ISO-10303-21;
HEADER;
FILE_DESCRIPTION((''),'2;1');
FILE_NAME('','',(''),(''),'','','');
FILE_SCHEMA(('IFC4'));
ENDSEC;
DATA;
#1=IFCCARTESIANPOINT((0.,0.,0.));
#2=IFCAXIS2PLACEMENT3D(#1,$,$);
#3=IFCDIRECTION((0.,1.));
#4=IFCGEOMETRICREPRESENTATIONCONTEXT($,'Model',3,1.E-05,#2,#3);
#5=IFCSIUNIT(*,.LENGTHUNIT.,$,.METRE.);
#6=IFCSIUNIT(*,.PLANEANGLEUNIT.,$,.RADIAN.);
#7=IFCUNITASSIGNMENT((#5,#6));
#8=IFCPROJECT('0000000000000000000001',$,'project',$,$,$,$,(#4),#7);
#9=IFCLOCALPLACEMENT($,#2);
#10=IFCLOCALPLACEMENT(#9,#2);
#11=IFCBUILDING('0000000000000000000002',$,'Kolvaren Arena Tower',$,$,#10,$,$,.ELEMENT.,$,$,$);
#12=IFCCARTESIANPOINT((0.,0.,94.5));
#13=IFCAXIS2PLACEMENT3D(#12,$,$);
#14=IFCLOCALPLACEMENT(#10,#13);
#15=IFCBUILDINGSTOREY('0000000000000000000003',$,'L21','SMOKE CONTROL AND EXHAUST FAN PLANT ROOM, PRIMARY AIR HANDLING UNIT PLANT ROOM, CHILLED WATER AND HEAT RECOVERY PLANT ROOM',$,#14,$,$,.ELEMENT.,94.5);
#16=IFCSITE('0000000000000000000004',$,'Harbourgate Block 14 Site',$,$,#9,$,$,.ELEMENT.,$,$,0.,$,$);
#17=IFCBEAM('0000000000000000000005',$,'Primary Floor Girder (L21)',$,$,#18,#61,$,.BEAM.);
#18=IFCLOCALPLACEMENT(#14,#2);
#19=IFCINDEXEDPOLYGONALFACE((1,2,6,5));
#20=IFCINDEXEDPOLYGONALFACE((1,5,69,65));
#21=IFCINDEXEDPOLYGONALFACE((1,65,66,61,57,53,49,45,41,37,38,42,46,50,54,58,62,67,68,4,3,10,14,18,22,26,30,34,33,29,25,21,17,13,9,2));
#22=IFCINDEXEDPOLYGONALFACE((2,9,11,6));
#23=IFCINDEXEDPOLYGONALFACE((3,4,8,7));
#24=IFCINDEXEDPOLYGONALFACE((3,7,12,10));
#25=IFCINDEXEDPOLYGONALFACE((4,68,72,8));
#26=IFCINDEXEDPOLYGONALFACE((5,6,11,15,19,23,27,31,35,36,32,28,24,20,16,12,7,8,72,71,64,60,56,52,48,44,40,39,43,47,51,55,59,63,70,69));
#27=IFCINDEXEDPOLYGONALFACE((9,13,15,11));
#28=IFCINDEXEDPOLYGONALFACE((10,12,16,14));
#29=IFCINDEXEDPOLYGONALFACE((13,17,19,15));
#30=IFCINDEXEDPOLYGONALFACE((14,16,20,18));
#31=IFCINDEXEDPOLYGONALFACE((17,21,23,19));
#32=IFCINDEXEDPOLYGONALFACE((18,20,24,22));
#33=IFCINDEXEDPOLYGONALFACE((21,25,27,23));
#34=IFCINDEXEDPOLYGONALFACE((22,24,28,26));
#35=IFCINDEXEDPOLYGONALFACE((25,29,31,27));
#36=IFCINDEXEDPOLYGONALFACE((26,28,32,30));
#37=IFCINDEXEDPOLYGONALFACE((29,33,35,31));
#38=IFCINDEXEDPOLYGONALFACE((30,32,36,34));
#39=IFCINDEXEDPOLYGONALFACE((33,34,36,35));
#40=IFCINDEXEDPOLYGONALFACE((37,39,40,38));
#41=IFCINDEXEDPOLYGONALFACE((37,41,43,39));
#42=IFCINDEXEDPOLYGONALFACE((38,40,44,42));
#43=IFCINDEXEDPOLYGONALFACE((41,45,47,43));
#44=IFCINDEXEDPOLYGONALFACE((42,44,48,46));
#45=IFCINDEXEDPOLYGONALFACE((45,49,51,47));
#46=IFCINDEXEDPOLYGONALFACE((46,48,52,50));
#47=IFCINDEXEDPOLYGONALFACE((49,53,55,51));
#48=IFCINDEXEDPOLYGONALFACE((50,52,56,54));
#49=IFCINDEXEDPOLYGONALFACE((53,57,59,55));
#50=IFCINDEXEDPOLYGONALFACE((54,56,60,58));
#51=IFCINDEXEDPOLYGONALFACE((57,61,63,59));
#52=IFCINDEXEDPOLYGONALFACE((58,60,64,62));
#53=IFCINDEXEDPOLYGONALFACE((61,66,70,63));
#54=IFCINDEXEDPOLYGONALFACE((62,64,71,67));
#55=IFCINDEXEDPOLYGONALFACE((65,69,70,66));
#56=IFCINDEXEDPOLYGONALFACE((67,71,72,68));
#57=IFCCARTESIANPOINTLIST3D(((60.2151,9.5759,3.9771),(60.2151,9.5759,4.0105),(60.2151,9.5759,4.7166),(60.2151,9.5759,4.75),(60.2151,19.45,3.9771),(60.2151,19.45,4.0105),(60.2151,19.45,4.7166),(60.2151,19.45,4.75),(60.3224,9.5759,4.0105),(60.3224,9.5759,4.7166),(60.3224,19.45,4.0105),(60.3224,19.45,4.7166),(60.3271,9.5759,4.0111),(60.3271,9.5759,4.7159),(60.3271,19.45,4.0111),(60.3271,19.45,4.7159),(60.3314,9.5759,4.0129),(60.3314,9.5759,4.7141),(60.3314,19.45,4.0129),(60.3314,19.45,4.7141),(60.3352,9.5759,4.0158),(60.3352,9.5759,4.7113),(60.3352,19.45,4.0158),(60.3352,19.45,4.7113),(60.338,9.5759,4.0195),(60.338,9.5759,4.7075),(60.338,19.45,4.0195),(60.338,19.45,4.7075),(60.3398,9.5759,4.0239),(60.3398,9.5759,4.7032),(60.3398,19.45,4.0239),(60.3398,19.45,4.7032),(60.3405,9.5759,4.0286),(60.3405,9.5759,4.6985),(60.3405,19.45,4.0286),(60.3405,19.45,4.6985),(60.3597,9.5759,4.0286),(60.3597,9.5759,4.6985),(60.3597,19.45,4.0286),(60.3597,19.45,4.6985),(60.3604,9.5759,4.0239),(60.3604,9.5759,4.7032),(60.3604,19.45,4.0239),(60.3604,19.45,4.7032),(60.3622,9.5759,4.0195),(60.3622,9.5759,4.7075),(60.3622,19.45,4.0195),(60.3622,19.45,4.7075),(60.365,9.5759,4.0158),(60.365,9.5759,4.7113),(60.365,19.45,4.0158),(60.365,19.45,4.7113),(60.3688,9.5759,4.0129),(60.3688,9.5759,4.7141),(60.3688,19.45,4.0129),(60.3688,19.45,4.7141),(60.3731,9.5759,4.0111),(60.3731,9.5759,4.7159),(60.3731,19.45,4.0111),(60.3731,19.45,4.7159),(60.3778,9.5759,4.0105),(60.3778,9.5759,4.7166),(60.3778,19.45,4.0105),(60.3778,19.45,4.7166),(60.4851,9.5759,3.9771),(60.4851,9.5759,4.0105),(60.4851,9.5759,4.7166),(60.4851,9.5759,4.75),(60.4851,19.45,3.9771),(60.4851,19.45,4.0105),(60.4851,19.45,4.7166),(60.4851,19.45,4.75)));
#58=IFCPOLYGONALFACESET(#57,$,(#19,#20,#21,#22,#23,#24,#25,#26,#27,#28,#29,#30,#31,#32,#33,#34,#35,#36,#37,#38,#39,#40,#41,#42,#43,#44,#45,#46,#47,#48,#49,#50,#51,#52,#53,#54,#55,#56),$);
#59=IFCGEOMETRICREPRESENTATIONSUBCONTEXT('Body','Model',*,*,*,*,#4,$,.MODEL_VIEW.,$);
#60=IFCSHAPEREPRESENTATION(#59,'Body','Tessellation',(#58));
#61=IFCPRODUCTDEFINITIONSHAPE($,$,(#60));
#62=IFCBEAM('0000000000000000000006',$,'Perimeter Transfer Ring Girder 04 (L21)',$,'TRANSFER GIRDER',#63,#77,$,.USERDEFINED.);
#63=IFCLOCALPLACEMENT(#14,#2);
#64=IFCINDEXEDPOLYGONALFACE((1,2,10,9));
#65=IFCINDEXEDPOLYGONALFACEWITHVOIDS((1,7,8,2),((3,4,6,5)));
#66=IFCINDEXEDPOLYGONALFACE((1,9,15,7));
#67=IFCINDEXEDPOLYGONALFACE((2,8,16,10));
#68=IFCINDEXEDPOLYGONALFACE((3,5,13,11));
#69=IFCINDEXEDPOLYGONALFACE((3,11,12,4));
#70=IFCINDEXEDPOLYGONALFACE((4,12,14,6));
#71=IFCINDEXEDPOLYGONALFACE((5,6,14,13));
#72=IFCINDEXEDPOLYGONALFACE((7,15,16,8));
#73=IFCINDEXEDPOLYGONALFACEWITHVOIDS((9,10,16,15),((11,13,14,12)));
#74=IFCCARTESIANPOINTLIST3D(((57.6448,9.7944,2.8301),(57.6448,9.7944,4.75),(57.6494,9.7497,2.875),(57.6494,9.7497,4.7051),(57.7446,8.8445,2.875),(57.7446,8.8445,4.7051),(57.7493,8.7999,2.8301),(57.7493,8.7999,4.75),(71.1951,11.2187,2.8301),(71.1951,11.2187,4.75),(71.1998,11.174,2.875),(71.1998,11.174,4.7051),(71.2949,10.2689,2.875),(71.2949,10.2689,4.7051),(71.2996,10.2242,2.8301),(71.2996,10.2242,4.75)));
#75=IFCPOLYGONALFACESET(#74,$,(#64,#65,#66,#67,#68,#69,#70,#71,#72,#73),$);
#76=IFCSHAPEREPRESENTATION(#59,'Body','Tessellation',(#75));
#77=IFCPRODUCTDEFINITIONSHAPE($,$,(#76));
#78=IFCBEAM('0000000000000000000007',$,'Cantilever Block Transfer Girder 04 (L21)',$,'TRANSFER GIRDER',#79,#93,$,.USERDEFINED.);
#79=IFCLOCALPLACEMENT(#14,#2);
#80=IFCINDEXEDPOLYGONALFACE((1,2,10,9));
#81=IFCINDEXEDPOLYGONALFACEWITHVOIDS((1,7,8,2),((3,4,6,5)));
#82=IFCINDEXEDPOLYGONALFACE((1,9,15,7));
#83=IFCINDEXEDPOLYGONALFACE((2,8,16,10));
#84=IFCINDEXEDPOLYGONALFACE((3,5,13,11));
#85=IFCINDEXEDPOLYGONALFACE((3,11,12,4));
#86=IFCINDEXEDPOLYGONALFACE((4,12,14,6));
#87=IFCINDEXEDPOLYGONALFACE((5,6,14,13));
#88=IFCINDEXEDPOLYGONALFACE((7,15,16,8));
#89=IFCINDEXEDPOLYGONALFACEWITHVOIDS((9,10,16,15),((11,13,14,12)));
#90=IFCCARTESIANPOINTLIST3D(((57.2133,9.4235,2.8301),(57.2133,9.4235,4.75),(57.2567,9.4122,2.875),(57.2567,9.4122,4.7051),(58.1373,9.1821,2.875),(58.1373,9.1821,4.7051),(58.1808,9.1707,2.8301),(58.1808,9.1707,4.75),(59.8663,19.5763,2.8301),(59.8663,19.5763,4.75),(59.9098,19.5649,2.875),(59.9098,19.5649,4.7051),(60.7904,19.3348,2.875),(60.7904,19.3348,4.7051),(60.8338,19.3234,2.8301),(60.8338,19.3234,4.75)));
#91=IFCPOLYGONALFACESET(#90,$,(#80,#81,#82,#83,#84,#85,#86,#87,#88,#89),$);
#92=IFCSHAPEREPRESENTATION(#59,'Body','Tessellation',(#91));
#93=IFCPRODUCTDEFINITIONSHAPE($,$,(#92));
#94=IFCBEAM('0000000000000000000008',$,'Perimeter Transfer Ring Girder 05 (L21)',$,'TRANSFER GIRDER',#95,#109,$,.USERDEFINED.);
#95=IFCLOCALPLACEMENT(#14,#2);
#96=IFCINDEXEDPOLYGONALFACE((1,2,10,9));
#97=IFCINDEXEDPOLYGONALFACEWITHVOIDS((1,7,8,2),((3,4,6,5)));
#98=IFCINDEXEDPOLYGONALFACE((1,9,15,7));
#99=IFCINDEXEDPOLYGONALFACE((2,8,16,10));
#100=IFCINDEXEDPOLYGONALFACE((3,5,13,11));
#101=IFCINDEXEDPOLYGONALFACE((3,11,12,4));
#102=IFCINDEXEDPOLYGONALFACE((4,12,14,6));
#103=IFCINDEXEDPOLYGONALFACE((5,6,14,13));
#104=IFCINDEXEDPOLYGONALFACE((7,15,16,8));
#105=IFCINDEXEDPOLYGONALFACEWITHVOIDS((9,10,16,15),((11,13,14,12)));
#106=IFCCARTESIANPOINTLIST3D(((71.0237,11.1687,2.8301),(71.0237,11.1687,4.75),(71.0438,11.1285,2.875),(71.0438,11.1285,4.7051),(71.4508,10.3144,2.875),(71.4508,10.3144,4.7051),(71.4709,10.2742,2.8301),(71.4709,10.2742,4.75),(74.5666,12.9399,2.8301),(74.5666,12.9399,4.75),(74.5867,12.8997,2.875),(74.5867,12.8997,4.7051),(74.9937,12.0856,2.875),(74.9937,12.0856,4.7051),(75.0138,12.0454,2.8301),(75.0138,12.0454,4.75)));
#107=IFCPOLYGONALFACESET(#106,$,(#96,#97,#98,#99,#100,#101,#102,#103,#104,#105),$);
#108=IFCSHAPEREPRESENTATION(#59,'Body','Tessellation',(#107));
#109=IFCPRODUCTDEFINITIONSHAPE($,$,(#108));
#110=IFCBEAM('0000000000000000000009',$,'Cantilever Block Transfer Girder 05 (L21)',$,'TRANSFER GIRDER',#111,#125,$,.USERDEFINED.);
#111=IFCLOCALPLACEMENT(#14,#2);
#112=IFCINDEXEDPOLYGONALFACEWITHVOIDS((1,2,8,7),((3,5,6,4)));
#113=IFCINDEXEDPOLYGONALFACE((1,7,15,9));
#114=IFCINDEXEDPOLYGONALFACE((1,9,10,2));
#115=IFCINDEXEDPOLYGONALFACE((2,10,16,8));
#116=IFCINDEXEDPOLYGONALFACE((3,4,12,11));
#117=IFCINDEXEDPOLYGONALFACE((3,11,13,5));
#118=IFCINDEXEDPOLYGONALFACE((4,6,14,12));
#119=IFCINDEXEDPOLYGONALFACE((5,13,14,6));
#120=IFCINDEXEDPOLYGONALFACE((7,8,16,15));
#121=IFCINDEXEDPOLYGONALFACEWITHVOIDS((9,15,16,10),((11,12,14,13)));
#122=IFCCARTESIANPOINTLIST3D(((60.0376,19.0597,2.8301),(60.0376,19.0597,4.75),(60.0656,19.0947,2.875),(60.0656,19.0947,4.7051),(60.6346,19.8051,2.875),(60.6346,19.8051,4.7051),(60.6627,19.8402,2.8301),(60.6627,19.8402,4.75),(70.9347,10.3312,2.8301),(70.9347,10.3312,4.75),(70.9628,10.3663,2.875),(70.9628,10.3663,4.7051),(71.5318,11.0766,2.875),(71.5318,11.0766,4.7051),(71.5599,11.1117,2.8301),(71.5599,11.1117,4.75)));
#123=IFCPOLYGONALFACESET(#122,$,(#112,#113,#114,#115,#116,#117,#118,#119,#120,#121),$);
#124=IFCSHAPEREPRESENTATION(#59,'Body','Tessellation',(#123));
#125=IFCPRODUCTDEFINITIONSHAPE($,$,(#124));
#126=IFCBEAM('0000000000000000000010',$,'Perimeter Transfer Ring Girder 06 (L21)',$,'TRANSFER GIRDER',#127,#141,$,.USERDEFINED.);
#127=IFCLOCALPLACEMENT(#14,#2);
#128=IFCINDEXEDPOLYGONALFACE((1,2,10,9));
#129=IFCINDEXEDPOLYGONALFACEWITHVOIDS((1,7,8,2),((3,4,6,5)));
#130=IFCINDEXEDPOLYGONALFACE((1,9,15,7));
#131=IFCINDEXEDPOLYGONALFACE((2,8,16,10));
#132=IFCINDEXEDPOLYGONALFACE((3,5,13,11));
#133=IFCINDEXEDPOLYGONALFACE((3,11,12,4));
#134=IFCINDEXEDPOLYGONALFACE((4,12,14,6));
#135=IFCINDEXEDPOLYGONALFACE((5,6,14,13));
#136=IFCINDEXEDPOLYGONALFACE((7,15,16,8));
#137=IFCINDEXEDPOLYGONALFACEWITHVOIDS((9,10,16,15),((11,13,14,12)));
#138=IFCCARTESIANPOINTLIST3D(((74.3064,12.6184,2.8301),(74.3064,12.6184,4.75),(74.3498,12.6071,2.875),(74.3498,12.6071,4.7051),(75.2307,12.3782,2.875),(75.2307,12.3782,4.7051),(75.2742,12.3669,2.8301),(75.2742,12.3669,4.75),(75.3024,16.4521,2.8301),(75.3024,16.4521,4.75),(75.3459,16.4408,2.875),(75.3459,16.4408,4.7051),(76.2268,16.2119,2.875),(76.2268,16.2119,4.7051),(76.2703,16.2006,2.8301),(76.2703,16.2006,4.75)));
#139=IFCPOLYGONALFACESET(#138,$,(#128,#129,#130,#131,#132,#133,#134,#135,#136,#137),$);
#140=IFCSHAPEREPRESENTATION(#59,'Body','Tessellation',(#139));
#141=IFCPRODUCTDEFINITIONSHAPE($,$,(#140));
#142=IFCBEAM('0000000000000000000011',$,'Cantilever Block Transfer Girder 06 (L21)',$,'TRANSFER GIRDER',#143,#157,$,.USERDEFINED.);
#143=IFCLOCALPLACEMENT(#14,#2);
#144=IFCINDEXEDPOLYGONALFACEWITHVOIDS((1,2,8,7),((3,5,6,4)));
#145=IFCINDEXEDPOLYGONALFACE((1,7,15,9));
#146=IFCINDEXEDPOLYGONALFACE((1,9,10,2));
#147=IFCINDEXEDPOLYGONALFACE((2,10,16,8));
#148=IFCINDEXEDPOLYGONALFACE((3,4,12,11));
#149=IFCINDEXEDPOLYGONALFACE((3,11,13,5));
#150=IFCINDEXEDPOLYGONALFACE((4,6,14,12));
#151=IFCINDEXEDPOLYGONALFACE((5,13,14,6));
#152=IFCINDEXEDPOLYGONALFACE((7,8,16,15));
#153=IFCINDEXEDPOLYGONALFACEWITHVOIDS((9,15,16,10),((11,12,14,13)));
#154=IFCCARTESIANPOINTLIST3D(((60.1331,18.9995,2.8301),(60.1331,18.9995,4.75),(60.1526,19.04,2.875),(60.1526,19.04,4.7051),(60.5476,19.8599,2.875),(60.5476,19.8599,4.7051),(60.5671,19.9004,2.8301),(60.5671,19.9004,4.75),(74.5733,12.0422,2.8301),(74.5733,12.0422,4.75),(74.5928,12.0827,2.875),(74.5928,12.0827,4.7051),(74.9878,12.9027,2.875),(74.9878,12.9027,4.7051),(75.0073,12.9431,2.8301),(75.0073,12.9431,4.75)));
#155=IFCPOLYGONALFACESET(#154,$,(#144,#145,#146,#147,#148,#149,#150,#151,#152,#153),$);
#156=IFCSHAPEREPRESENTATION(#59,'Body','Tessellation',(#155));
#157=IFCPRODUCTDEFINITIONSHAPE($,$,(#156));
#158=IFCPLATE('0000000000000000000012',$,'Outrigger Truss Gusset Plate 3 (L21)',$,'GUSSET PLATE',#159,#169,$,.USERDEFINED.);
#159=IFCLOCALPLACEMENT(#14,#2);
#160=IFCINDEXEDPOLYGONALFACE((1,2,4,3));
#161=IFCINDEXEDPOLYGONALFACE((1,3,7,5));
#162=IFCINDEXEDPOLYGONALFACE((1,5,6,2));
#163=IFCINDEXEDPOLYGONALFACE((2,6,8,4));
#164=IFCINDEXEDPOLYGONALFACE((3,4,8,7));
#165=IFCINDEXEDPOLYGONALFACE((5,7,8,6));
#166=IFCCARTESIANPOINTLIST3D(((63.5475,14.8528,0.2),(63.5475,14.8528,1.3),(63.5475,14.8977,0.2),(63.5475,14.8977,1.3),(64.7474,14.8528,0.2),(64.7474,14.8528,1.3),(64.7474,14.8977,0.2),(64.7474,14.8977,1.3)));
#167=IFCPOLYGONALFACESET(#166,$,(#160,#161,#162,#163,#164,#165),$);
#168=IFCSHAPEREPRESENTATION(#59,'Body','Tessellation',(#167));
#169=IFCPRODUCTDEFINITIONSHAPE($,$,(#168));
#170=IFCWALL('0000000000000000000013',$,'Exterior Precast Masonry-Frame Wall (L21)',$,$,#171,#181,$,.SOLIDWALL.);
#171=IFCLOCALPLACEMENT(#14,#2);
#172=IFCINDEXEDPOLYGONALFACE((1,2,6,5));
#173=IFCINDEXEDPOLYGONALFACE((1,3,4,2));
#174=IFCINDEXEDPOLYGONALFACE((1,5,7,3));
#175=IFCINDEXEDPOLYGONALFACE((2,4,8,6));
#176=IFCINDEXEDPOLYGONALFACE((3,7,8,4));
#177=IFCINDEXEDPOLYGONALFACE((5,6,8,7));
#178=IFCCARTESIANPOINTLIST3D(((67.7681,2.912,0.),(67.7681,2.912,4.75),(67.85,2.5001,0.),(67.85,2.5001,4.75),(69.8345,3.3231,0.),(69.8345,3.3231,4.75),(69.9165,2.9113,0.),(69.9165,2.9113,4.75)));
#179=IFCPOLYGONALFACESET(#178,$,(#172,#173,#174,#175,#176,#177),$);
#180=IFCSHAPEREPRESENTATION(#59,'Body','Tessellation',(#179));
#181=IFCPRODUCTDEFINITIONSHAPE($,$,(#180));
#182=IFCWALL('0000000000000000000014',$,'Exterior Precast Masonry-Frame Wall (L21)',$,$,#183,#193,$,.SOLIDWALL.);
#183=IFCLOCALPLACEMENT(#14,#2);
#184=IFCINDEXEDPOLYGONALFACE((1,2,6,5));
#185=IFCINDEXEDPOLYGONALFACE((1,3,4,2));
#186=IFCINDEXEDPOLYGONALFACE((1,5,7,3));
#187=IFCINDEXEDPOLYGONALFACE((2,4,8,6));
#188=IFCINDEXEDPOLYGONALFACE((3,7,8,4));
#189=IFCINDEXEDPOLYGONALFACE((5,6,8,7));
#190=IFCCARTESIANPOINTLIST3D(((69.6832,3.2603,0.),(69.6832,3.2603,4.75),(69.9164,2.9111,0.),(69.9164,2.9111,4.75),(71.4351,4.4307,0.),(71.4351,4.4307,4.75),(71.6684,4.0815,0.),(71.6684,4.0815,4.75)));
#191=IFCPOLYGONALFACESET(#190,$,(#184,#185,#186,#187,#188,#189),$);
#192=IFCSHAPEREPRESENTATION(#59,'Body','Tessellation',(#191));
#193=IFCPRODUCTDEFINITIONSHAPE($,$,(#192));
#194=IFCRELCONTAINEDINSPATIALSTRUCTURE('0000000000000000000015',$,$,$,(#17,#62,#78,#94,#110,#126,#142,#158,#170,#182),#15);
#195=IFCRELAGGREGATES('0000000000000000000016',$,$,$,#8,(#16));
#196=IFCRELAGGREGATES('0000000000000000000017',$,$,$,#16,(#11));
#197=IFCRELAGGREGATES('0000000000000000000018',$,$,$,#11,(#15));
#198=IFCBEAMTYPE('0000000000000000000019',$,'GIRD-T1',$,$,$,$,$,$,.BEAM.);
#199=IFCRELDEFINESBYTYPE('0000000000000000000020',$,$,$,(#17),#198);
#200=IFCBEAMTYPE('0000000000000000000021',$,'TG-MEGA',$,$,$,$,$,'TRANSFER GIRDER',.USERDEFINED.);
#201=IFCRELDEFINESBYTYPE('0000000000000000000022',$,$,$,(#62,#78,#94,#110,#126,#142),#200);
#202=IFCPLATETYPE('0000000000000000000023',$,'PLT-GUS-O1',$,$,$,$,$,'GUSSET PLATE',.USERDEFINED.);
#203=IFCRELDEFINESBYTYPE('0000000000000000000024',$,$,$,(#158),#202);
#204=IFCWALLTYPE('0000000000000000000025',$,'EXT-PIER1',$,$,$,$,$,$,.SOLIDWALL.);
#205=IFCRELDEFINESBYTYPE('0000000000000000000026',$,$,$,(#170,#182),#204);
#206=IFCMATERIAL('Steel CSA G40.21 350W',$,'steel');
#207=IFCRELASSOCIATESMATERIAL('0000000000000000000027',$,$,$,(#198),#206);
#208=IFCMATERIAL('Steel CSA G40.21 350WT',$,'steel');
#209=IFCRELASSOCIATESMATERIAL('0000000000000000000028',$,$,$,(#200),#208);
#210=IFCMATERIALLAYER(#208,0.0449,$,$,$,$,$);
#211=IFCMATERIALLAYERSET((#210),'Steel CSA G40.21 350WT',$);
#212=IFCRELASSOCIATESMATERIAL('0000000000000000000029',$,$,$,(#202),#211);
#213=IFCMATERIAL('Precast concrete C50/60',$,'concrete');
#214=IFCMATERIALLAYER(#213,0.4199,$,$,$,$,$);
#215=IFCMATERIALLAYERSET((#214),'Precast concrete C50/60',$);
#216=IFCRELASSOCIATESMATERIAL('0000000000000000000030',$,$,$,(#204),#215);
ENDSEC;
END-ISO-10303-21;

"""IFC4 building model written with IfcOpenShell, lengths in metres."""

from ifc_helpers import new_model, si_unit, direction, frame, frame_2d, origin, origin_2d, place, context, subcontext, project, spatial, rectangle, hollow_rectangle, i_section, extrude, material, layer, layer_set, material_profile, profile_set, type_object, element, save


model = new_model("IFC4")

# Units and contexts
model_context = context("Model", 3, precision=1e-05, world=origin(), true_north=direction((0.0, 1.0)))
body_context = subcontext(model_context, "Body", "Model", "MODEL_VIEW")
ifc_project = project(units=[si_unit("LENGTHUNIT", "METRE"), si_unit("PLANEANGLEUNIT", "RADIAN")], contexts=[model_context])

# Site, building, storey
site_placement = place(None, origin())
site = spatial("IfcSite", under=ifc_project, at=site_placement, Name="Harbourgate Block 14 Site", CompositionType="ELEMENT", RefElevation=0.0)
building_placement = place(site_placement, origin())
building = spatial("IfcBuilding", under=site, at=building_placement, Name="Kolvaren Arena Tower", CompositionType="ELEMENT")
storey_placement = place(building_placement, frame((0.0, 0.0, 94.5)))
storey = spatial("IfcBuildingStorey", under=building, at=storey_placement, Name="L21", Description="SMOKE CONTROL AND EXHAUST FAN PLANT ROOM, PRIMARY AIR HANDLING UNIT PLANT ROOM, CHILLED WATER AND HEAT RECOVERY PLANT ROOM", CompositionType="ELEMENT", Elevation=94.5)

# Shared definitions
ifc_material_1 = material(Name="Steel CSA G40.21 350W", Category="steel")

# Shared definitions
ifc_material_2 = material(Name="Steel CSA G40.21 350WT", Category="steel")

# Beams
ifc_material_profile_1 = material_profile(ifc_material_1, i_section(OverallWidth=0.27, OverallDepth=0.7729, WebThickness=0.0193, FlangeThickness=0.0334, FilletRadius=0.0181, at=origin_2d()), Name="W760x257")
ifc_profile_set_1 = profile_set([ifc_material_profile_1], Name="Steel CSA G40.21 350W")
beam_type_1 = type_object("IfcBeamType", Name="GIRD-T1", PredefinedType="BEAM", material=ifc_profile_set_1)
beam_1_placement = place(storey_placement, frame((60.3501, 9.5759, 4.3635), z_axis=(0.0, 1.0, 0.0), x_axis=(-1.0, 0.0, 0.0)))
element("IfcBeam", 1, at=beam_1_placement, inside=storey, type_object=beam_type_1, Name="Primary Floor Girder (L21)", PredefinedType="BEAM", context=body_context, shape_type="SweptSolid", body=[
    extrude(i_section(OverallWidth=0.27, OverallDepth=0.7729, WebThickness=0.0193, FlangeThickness=0.0334, FilletRadius=0.0181, at=origin_2d()), origin(), (0.0, 0.0, 1.0), 9.874),
])
ifc_material_profile_2 = material_profile(ifc_material_2, hollow_rectangle(XDim=1.0, YDim=1.9199, WallThickness=0.0449, at=origin_2d()), Name="BOX 1000x1920x45")
ifc_profile_set_2 = profile_set([ifc_material_profile_2], Name="Steel CSA G40.21 350WT")
beam_type_2 = type_object("IfcBeamType", Name="TG-MEGA", ElementType="TRANSFER GIRDER", PredefinedType="USERDEFINED", material=ifc_profile_set_2)
beam_2_placement = place(storey_placement, frame((57.697, 9.2971, 3.79), z_axis=(0.994521, 0.104537, 0.0), x_axis=(-0.104537, 0.994521, 0.0)))
element("IfcBeam", 2, at=beam_2_placement, inside=storey, type_object=beam_type_2, Name="Perimeter Transfer Ring Girder 04 (L21)", ObjectType="TRANSFER GIRDER", PredefinedType="USERDEFINED", context=body_context, shape_type="SweptSolid", body=[
    extrude(hollow_rectangle(XDim=1.0, YDim=1.9199, WallThickness=0.0449, at=origin_2d()), origin(), (0.0, 0.0, 1.0), 13.625),
])
beam_3_placement = place(storey_placement, frame((57.697, 9.2971, 3.79), z_axis=(0.252824, 0.967512, 0.0), x_axis=(-0.967512, 0.252824, 0.0)))
element("IfcBeam", 3, at=beam_3_placement, inside=storey, type_object=beam_type_2, Name="Cantilever Block Transfer Girder 04 (L21)", ObjectType="TRANSFER GIRDER", PredefinedType="USERDEFINED", context=body_context, shape_type="SweptSolid", body=[
    extrude(hollow_rectangle(XDim=1.0, YDim=1.9199, WallThickness=0.0449, at=origin_2d()), origin(), (0.0, 0.0, 1.0), 10.4937),
])
beam_4_placement = place(storey_placement, frame((71.2473, 10.7214, 3.79), z_axis=(0.894452, 0.447164, 0.0), x_axis=(-0.447164, 0.894452, 0.0)))
element("IfcBeam", 4, at=beam_4_placement, inside=storey, type_object=beam_type_2, Name="Perimeter Transfer Ring Girder 05 (L21)", ObjectType="TRANSFER GIRDER", PredefinedType="USERDEFINED", context=body_context, shape_type="SweptSolid", body=[
    extrude(hollow_rectangle(XDim=1.0, YDim=1.9199, WallThickness=0.0449, at=origin_2d()), origin(), (0.0, 0.0, 1.0), 3.9609),
])
beam_5_placement = place(storey_placement, frame((71.2473, 10.7214, 3.79), z_axis=(-0.780493, 0.625164, 0.0), x_axis=(-0.625164, -0.780493, 0.0)))
element("IfcBeam", 5, at=beam_5_placement, inside=storey, type_object=beam_type_2, Name="Cantilever Block Transfer Girder 05 (L21)", ObjectType="TRANSFER GIRDER", PredefinedType="USERDEFINED", context=body_context, shape_type="SweptSolid", body=[
    extrude(hollow_rectangle(XDim=1.0, YDim=1.9199, WallThickness=0.0449, at=origin_2d()), origin(), (0.0, 0.0, 1.0), 13.9619),
])
beam_6_placement = place(storey_placement, frame((74.7903, 12.4927, 3.79), z_axis=(0.251473, 0.967864, 0.0), x_axis=(-0.967864, 0.251473, 0.0)))
element("IfcBeam", 6, at=beam_6_placement, inside=storey, type_object=beam_type_2, Name="Perimeter Transfer Ring Girder 06 (L21)", ObjectType="TRANSFER GIRDER", PredefinedType="USERDEFINED", context=body_context, shape_type="SweptSolid", body=[
    extrude(hollow_rectangle(XDim=1.0, YDim=1.9199, WallThickness=0.0449, at=origin_2d()), origin(), (0.0, 0.0, 1.0), 3.9609),
])
beam_7_placement = place(storey_placement, frame((74.7903, 12.4927, 3.79), z_axis=(-0.90089, 0.434048, 0.0), x_axis=(-0.434048, -0.90089, 0.0)))
element("IfcBeam", 7, at=beam_7_placement, inside=storey, type_object=beam_type_2, Name="Cantilever Block Transfer Girder 06 (L21)", ObjectType="TRANSFER GIRDER", PredefinedType="USERDEFINED", context=body_context, shape_type="SweptSolid", body=[
    extrude(hollow_rectangle(XDim=1.0, YDim=1.9199, WallThickness=0.0449, at=origin_2d()), origin(), (0.0, 0.0, 1.0), 16.0288),
])

# Plate
ifc_layer_1 = layer(ifc_material_2, 0.0449)
ifc_layer_set_1 = layer_set([ifc_layer_1], Name="Steel CSA G40.21 350WT")
plate_type = type_object("IfcPlateType", Name="PLT-GUS-O1", ElementType="GUSSET PLATE", PredefinedType="USERDEFINED", material=ifc_layer_set_1)
plate_placement = place(storey_placement, frame((64.1475, 14.8752, 0.2), z_axis=(0.0, 0.0, 1.0), x_axis=(1.0, 0.0, 0.0)))
element("IfcPlate", 8, at=plate_placement, inside=storey, type_object=plate_type, Name="Outrigger Truss Gusset Plate 3 (L21)", ObjectType="GUSSET PLATE", PredefinedType="USERDEFINED", context=body_context, shape_type="SweptSolid", body=[
    extrude(rectangle(XDim=1.2, YDim=0.0449, at=origin_2d()), origin(), (0.0, 0.0, 1.0), 1.1001),
])

# Walls
ifc_material_3 = material(Name="Precast concrete C50/60", Category="concrete")
ifc_layer_2 = layer(ifc_material_3, 0.4199)
ifc_layer_set_2 = layer_set([ifc_layer_2], Name="Precast concrete C50/60")
wall_type_1 = type_object("IfcWallType", Name="EXT-PIER1", PredefinedType="SOLIDWALL", material=ifc_layer_set_2)
for number, where, z_axis, x_axis, name in (
    (9, (69.8755, 3.1172, 0.0), (0.0, 0.0, 1.0), (-0.980776, -0.195136, 0.0), "Exterior Precast Masonry-Frame Wall (L21)"),
    (10, (71.5518, 4.2561, 0.0), (0.0, 0.0, 1.0), (-0.831515, -0.555502, 0.0), "Exterior Precast Masonry-Frame Wall (L21)"),
):
    element("IfcWall", number, at=place(storey_placement, frame(where, z_axis=z_axis, x_axis=x_axis)), inside=storey, type_object=wall_type_1, Name=name, PredefinedType="SOLIDWALL", context=body_context, shape_type="SweptSolid", body=[
        extrude(rectangle(XDim=2.1069, YDim=0.4199, at=frame_2d((1.0535, 0.0))), origin(), (0.0, 0.0, 1.0), 4.75),
    ])

save(model, "model.ifc")
